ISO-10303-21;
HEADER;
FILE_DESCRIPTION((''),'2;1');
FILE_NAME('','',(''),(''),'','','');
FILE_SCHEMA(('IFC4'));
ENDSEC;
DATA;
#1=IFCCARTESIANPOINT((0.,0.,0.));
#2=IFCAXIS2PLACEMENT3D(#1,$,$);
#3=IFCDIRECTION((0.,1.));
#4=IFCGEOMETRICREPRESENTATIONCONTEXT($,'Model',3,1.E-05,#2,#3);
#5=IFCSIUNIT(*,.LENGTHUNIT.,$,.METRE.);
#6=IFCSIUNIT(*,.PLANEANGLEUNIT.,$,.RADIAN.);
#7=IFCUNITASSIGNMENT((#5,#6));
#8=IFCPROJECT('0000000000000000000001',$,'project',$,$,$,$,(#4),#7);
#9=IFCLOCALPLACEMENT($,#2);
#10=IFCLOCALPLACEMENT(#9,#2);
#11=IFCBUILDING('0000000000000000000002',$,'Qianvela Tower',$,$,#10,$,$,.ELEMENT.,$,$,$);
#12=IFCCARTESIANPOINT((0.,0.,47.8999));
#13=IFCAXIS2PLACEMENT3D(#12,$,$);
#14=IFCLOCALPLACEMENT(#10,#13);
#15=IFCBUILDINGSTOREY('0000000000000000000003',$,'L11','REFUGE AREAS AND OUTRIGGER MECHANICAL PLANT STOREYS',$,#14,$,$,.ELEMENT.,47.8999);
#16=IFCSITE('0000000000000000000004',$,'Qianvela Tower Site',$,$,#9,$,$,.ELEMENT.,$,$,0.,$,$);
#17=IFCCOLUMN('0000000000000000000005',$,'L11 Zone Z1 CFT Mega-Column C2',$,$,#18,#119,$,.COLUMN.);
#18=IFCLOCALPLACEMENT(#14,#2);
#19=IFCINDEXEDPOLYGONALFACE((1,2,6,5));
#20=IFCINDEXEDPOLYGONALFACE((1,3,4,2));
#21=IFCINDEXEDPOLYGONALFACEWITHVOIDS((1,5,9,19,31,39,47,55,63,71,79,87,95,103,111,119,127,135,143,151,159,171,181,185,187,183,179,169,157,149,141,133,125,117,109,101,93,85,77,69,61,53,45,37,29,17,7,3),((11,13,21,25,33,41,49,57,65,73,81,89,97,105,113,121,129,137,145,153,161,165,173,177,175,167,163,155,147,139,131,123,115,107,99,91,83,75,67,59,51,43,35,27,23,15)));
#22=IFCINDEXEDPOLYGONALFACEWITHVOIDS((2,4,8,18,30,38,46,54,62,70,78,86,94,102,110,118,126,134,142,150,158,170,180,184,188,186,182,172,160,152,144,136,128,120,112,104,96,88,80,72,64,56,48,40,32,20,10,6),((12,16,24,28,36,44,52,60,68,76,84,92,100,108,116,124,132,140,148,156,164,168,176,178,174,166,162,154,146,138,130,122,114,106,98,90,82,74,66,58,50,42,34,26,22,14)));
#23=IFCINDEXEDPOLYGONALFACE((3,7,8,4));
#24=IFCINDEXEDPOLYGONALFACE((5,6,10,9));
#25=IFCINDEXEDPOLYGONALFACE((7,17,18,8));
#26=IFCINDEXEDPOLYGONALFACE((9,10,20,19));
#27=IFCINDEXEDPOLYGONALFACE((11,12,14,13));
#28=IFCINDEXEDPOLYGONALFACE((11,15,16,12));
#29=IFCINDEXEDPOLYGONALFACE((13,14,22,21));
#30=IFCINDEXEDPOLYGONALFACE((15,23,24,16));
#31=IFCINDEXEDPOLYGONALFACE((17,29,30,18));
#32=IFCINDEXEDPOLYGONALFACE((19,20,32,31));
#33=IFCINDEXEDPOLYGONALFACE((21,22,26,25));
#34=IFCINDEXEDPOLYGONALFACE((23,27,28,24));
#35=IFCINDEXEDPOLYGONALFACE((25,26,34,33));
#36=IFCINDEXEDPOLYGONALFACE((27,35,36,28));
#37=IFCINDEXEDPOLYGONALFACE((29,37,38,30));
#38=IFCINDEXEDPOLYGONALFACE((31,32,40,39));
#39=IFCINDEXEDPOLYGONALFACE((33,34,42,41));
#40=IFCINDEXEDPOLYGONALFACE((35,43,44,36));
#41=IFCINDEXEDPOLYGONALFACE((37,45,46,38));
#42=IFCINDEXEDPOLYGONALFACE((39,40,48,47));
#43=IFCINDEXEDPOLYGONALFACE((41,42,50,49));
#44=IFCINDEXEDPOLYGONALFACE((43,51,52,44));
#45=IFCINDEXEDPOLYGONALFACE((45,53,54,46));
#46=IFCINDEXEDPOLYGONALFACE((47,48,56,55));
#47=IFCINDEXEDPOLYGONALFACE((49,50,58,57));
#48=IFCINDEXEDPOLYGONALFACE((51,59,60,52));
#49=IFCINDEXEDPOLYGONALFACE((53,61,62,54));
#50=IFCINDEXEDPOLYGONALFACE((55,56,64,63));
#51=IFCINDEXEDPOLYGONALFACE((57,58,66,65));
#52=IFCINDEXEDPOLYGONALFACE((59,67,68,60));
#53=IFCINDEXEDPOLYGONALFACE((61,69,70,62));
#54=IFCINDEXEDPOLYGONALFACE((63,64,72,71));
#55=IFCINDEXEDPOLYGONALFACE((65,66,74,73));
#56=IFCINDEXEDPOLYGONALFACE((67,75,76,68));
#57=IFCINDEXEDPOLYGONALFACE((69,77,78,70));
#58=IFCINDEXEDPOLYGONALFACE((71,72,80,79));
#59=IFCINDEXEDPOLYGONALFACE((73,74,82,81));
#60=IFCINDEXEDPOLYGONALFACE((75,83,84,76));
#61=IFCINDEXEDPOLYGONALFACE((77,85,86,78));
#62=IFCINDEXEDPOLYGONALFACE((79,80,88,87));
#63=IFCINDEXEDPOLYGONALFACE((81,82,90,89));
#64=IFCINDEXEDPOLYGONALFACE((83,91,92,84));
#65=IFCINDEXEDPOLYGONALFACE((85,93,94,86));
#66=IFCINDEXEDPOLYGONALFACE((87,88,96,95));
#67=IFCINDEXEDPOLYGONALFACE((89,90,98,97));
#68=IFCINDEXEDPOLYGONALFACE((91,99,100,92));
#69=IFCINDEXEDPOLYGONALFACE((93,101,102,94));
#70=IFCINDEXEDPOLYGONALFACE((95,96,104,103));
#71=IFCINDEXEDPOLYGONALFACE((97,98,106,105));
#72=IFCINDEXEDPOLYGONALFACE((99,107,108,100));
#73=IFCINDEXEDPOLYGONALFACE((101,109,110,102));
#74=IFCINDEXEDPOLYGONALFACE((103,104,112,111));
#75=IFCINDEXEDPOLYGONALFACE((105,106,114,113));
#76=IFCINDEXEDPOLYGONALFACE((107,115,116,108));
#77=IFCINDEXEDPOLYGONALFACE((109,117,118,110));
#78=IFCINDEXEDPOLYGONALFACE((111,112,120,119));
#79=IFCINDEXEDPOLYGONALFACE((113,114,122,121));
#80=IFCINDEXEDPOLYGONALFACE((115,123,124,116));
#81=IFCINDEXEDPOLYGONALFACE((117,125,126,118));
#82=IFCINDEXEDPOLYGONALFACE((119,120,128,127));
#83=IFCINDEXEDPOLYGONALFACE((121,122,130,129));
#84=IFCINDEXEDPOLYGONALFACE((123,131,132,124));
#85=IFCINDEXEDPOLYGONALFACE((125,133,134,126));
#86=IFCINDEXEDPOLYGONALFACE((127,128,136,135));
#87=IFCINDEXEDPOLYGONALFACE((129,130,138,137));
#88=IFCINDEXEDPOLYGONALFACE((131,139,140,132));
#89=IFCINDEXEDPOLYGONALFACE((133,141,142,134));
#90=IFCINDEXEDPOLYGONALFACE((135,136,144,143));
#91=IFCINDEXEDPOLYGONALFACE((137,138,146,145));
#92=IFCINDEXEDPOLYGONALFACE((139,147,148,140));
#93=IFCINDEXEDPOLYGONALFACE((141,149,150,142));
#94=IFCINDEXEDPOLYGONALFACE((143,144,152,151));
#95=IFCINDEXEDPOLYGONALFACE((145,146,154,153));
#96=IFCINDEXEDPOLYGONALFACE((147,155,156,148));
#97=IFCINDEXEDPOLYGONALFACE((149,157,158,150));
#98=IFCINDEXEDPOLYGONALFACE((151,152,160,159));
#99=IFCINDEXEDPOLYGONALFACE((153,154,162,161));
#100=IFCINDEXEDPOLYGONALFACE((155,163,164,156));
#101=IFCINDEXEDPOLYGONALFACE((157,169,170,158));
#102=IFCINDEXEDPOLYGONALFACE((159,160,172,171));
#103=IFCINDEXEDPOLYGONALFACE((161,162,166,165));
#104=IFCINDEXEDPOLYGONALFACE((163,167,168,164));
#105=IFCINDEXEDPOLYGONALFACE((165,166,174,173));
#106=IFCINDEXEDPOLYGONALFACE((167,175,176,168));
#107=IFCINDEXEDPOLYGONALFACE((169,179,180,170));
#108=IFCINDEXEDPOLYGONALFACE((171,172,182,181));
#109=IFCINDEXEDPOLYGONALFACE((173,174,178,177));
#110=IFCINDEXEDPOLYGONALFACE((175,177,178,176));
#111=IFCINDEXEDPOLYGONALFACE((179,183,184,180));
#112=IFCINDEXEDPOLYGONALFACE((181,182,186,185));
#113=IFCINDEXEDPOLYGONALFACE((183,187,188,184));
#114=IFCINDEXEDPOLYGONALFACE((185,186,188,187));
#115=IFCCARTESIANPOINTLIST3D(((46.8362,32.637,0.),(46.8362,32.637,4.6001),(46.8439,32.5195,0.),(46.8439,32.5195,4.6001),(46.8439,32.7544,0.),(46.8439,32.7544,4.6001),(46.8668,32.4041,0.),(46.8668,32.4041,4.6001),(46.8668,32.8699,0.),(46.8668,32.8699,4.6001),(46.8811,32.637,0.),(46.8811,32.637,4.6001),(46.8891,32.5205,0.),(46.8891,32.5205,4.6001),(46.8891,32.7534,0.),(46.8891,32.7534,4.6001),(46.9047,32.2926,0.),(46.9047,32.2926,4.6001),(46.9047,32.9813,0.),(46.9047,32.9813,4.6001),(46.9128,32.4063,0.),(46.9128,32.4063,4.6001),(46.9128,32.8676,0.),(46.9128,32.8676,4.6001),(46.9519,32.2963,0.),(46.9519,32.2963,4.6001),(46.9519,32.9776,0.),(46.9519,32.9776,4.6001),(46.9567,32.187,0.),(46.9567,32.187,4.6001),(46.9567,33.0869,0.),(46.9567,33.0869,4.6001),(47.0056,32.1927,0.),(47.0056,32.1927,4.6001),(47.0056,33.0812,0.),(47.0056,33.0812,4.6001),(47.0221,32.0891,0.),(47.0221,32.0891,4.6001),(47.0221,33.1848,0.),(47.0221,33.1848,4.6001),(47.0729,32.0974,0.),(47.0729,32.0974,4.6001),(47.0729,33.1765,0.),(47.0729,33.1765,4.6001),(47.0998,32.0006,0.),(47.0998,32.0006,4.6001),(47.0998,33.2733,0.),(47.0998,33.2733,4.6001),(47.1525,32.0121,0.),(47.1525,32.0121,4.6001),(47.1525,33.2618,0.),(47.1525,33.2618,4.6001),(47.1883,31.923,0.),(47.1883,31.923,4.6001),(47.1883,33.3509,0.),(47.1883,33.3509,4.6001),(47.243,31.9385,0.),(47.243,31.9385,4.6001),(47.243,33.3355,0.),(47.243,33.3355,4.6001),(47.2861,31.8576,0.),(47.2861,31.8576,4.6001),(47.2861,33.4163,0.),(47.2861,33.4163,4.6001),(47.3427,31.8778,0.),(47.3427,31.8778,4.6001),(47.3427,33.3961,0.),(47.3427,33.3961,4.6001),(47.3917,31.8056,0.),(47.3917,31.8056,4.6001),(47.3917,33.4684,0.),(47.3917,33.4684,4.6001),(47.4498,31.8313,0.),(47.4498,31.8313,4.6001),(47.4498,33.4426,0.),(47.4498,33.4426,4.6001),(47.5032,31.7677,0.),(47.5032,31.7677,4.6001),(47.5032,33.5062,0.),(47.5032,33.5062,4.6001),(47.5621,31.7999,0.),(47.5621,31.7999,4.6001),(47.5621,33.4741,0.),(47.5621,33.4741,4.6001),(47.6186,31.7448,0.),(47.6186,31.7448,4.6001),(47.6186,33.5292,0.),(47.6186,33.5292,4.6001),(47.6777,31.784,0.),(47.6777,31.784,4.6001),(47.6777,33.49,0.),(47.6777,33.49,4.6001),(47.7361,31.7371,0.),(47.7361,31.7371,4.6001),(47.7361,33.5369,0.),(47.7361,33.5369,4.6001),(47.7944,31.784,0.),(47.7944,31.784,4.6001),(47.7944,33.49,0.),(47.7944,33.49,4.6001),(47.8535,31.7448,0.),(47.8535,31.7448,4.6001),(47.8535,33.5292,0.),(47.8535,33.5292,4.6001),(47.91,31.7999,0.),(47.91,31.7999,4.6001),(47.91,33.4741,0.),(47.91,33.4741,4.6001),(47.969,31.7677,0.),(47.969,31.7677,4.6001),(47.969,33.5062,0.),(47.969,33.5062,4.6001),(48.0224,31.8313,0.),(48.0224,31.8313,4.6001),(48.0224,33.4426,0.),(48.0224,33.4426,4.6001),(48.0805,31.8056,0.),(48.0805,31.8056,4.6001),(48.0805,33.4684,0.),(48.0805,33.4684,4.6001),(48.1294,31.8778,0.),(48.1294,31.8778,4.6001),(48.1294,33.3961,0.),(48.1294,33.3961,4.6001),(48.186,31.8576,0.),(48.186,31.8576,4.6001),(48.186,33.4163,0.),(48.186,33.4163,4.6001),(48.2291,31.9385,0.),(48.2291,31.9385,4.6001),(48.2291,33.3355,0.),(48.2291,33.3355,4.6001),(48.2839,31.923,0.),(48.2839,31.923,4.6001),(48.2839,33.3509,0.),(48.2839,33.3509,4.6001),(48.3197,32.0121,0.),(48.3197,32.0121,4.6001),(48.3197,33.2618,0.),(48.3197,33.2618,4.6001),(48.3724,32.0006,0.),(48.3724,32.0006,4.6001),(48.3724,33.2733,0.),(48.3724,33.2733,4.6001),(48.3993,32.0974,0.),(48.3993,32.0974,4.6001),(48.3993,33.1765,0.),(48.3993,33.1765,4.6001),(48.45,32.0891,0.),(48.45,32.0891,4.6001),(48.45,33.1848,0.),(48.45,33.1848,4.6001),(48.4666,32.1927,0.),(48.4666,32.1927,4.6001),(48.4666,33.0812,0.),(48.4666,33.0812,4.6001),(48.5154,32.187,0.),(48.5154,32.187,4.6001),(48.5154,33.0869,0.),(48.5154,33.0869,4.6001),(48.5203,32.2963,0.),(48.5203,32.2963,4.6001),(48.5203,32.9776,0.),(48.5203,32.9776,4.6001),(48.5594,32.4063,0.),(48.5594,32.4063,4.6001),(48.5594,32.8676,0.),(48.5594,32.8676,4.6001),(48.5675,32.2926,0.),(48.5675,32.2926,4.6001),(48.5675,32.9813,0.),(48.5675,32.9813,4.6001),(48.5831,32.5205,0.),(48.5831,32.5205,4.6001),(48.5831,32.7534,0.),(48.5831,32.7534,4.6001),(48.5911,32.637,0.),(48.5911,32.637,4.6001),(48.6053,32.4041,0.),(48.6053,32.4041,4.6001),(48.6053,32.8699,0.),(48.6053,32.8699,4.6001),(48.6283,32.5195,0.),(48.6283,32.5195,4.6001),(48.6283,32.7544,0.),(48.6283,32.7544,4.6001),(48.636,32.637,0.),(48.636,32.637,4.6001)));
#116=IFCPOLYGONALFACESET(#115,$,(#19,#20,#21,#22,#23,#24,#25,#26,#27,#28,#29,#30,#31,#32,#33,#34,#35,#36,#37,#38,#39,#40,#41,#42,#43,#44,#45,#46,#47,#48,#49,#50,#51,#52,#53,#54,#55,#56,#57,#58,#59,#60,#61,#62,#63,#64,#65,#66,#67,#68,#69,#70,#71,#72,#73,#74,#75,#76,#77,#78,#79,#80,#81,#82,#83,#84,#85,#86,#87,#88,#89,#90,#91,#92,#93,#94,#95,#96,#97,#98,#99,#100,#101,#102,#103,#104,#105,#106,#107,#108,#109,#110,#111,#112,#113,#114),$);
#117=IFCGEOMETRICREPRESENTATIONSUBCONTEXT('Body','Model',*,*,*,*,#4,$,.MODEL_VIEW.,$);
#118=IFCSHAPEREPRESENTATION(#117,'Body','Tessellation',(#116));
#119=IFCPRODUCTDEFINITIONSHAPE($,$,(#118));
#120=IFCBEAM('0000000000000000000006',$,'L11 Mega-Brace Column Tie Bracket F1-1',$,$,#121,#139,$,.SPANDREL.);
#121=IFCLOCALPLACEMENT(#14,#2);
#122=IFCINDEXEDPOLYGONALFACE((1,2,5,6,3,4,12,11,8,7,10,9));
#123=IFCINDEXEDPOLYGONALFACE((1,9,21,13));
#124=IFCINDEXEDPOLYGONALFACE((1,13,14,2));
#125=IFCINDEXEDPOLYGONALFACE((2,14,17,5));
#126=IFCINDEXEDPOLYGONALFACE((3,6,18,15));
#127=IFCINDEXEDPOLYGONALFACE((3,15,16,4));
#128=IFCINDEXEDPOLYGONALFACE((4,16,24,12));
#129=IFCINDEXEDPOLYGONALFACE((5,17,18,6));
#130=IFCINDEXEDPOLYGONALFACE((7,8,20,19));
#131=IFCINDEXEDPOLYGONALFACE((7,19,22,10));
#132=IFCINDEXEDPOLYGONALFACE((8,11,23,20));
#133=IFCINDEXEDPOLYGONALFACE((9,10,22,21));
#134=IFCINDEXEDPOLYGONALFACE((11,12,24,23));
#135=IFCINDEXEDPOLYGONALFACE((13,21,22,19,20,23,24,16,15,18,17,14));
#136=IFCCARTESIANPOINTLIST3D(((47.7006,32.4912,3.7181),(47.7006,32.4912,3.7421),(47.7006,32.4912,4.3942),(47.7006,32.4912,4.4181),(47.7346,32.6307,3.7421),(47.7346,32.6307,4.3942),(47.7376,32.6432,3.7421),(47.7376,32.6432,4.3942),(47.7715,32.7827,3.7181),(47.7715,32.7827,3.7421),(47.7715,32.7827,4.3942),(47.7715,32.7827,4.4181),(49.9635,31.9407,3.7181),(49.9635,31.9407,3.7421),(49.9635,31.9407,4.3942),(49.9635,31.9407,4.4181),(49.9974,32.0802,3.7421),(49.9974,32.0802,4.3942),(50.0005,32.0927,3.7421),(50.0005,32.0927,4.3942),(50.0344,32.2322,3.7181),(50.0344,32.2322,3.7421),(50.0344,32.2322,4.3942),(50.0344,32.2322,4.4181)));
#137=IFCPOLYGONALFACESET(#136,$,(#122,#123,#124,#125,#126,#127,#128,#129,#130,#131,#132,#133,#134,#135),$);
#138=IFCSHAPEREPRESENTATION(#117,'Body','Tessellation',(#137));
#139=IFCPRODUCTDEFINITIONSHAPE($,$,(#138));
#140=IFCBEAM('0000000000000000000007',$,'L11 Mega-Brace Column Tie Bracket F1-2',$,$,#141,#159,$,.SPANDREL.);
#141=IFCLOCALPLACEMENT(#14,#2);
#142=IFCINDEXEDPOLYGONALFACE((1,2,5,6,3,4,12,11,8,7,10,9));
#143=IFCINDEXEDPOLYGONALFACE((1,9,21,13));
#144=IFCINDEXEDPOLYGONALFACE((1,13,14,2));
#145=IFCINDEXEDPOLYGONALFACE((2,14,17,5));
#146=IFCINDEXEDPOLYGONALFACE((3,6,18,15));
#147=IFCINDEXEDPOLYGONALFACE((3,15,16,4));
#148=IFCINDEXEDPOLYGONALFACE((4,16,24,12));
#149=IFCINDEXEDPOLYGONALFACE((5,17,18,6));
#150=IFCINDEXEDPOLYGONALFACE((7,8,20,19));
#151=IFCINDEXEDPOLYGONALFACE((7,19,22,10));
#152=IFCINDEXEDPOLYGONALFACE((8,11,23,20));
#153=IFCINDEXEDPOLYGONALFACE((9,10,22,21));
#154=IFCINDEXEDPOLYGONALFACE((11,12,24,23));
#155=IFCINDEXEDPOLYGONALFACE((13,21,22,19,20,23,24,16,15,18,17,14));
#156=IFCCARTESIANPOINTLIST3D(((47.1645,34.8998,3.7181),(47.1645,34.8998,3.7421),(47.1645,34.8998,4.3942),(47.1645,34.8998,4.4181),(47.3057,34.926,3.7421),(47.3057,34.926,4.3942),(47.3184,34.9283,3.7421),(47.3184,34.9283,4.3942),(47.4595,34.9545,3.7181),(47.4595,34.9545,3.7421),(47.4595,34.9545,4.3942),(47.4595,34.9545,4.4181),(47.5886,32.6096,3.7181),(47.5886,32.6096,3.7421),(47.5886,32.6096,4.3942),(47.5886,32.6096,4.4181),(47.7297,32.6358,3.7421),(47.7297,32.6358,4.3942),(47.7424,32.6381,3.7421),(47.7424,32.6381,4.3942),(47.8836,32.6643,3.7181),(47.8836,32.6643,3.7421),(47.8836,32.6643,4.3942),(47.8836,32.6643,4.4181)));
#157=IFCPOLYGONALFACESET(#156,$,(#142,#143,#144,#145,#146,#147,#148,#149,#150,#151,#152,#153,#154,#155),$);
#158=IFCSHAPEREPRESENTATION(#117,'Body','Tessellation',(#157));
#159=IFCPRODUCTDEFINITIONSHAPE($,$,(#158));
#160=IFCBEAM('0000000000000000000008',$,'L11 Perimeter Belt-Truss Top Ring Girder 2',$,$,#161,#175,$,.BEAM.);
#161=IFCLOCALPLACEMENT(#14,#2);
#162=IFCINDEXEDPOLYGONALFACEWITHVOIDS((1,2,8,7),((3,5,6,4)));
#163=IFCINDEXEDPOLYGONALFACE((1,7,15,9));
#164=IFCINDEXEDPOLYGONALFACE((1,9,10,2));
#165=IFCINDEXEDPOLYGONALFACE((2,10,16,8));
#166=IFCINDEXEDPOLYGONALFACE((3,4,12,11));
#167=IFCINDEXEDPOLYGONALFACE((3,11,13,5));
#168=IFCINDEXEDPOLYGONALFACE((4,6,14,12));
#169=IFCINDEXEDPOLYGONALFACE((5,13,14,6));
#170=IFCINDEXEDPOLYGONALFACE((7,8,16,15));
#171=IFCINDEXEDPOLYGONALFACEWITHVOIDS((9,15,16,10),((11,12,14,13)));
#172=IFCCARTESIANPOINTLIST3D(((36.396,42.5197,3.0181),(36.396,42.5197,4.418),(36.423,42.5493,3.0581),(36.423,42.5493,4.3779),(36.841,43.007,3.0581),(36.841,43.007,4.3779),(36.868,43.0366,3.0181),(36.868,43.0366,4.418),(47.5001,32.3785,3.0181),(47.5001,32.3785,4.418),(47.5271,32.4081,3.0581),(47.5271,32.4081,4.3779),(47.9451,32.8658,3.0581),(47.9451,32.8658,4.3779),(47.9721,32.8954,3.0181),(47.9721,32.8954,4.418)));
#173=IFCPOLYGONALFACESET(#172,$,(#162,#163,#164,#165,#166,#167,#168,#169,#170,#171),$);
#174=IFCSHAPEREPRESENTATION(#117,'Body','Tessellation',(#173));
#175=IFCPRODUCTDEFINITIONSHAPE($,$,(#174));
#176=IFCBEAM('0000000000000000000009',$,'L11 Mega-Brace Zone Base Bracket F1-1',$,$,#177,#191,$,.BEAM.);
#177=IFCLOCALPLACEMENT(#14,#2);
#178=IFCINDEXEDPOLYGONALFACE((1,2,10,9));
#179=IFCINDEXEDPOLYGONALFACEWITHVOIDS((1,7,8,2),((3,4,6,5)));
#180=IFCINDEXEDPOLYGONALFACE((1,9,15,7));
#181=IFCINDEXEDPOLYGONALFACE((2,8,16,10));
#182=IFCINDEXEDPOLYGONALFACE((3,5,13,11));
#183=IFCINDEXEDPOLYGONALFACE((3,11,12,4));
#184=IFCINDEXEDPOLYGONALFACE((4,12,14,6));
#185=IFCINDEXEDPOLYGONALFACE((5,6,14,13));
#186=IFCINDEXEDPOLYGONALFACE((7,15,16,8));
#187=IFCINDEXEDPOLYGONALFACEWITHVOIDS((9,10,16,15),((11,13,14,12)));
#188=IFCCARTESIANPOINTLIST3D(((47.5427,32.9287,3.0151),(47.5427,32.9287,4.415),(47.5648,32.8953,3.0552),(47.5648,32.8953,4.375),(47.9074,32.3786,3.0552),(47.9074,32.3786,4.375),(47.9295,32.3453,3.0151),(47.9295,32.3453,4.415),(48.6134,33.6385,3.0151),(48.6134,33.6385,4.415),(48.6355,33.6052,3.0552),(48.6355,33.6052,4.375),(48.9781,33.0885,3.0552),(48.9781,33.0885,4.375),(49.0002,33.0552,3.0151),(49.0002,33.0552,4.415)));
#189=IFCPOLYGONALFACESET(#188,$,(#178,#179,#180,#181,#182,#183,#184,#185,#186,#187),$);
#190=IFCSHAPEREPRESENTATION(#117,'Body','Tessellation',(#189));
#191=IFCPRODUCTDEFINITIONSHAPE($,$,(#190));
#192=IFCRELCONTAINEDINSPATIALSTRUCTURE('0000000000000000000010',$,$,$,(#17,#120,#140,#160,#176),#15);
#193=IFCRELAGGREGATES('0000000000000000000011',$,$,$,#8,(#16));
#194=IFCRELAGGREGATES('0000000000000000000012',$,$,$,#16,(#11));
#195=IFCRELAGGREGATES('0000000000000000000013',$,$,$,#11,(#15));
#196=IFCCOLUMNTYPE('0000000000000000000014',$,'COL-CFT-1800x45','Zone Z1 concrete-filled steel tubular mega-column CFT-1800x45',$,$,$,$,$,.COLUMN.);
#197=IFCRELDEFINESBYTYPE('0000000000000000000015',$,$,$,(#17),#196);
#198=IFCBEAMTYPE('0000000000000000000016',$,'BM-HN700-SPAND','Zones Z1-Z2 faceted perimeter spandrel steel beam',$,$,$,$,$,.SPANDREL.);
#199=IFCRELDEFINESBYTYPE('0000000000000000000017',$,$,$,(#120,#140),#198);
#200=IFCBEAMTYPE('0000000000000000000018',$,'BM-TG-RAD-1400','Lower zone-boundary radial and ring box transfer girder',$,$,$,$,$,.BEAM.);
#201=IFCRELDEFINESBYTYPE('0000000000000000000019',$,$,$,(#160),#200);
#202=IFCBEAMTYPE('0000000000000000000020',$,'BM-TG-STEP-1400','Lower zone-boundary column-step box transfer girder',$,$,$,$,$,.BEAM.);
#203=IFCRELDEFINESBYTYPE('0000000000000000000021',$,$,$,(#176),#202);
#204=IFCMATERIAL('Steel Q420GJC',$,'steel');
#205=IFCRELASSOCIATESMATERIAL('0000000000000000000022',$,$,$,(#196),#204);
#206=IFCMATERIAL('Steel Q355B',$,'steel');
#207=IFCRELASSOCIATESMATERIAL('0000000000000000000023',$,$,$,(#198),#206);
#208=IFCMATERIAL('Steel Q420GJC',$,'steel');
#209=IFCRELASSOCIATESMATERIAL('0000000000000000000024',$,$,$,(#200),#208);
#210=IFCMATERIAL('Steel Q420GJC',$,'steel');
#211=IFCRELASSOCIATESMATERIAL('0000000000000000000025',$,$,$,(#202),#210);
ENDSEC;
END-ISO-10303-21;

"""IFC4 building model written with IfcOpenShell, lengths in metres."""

from ifc_helpers import new_model, si_unit, direction, frame, origin, origin_2d, place, context, subcontext, project, spatial, hollow_rectangle, hollow_circle, i_section, extrude, material, material_profile, profile_set, type_object, element, save


model = new_model("IFC4")

# Units and contexts
model_context = context("Model", 3, precision=1e-05, world=origin(), true_north=direction((0.0, 1.0)))
body_context = subcontext(model_context, "Body", "Model", "MODEL_VIEW")
ifc_project = project(units=[si_unit("LENGTHUNIT", "METRE"), si_unit("PLANEANGLEUNIT", "RADIAN")], contexts=[model_context])

# Site, building, storey
site_placement = place(None, origin())
site = spatial("IfcSite", under=ifc_project, at=site_placement, Name="Qianvela Tower Site", CompositionType="ELEMENT", RefElevation=0.0)
building_placement = place(site_placement, origin())
building = spatial("IfcBuilding", under=site, at=building_placement, Name="Qianvela Tower", CompositionType="ELEMENT")
storey_placement = place(building_placement, frame((0.0, 0.0, 47.8999)))
storey = spatial("IfcBuildingStorey", under=building, at=storey_placement, Name="L11", Description="REFUGE AREAS AND OUTRIGGER MECHANICAL PLANT STOREYS", CompositionType="ELEMENT", Elevation=47.8999)

# Column
ifc_material_1 = material(Name="Steel Q420GJC", Category="steel")
ifc_material_profile_1 = material_profile(ifc_material_1, hollow_circle(Radius=0.8999, WallThickness=0.0449, at=origin_2d()), Name="CFT-1800x45")
ifc_profile_set_1 = profile_set([ifc_material_profile_1], Name="Steel Q420GJC")
column_type = type_object("IfcColumnType", Name="COL-CFT-1800x45", Description="Zone Z1 concrete-filled steel tubular mega-column CFT-1800x45", PredefinedType="COLUMN", material=ifc_profile_set_1)
column_placement = place(storey_placement, frame((47.7361, 32.637, 0.0), z_axis=(0.0, 0.0, 1.0), x_axis=(1.0, 0.0, 0.0)))
element("IfcColumn", 1, at=column_placement, inside=storey, type_object=column_type, Name="L11 Zone Z1 CFT Mega-Column C2", PredefinedType="COLUMN", context=body_context, shape_type="SweptSolid", body=[
    extrude(hollow_circle(Radius=0.8999, WallThickness=0.0449, at=origin_2d()), origin(), (0.0, 0.0, 1.0), 4.6001),
])

# Beams
ifc_material_2 = material(Name="Steel Q355B", Category="steel")
ifc_material_profile_2 = material_profile(ifc_material_2, i_section(OverallWidth=0.3, OverallDepth=0.7, WebThickness=0.0129, FlangeThickness=0.0239, at=origin_2d()), Name="HN700x300x13x24")
ifc_profile_set_2 = profile_set([ifc_material_profile_2], Name="Steel Q355B")
beam_type_1 = type_object("IfcBeamType", Name="BM-HN700-SPAND", Description="Zones Z1-Z2 faceted perimeter spandrel steel beam", PredefinedType="SPANDREL", material=ifc_profile_set_2)
beam_1_placement = place(storey_placement, frame((47.7361, 32.637, 4.0681), z_axis=(0.971658, -0.236389, 0.0), x_axis=(0.236389, 0.971658, 0.0)))
element("IfcBeam", 2, at=beam_1_placement, inside=storey, type_object=beam_type_1, Name="L11 Mega-Brace Column Tie Bracket F1-1", PredefinedType="SPANDREL", context=body_context, shape_type="SweptSolid", body=[
    extrude(i_section(OverallWidth=0.3, OverallDepth=0.7, WebThickness=0.0129, FlangeThickness=0.0239, at=origin_2d()), origin(), (0.0, 0.0, 1.0), 2.3289),
])
beam_2_placement = place(storey_placement, frame((47.7361, 32.637, 4.0681), z_axis=(-0.182067, 0.983286, 0.0), x_axis=(-0.983286, -0.182067, 0.0)))
element("IfcBeam", 3, at=beam_2_placement, inside=storey, type_object=beam_type_1, Name="L11 Mega-Brace Column Tie Bracket F1-2", PredefinedType="SPANDREL", context=body_context, shape_type="SweptSolid", body=[
    extrude(i_section(OverallWidth=0.3, OverallDepth=0.7, WebThickness=0.0129, FlangeThickness=0.0239, at=origin_2d()), origin(), (0.0, 0.0, 1.0), 2.3291),
])
ifc_material_3 = material(Name="Steel Q420GJC", Category="steel")
ifc_material_profile_3 = material_profile(ifc_material_3, hollow_rectangle(XDim=0.7, YDim=1.3999, WallThickness=0.04, at=origin_2d()), Name="TG-BOX-1400x700x40")
ifc_profile_set_3 = profile_set([ifc_material_profile_3], Name="Steel Q420GJC")
beam_type_2 = type_object("IfcBeamType", Name="BM-TG-RAD-1400", Description="Lower zone-boundary radial and ring box transfer girder", PredefinedType="BEAM", material=ifc_profile_set_3)
beam_3_placement = place(storey_placement, frame((47.7361, 32.637, 3.718), z_axis=(-0.738397, 0.674366, 0.0), x_axis=(-0.674366, -0.738397, 0.0)))
element("IfcBeam", 4, at=beam_3_placement, inside=storey, type_object=beam_type_2, Name="L11 Perimeter Belt-Truss Top Ring Girder 2", PredefinedType="BEAM", context=body_context, shape_type="SweptSolid", body=[
    extrude(hollow_rectangle(XDim=0.7, YDim=1.3999, WallThickness=0.04, at=origin_2d()), origin(), (0.0, 0.0, 1.0), 15.0381),
])
ifc_material_4 = material(Name="Steel Q420GJC", Category="steel")
ifc_material_profile_4 = material_profile(ifc_material_4, hollow_rectangle(XDim=0.7, YDim=1.3999, WallThickness=0.04, at=origin_2d()), Name="TG-BOX-1400x700x40")
ifc_profile_set_4 = profile_set([ifc_material_profile_4], Name="Steel Q420GJC")
beam_type_3 = type_object("IfcBeamType", Name="BM-TG-STEP-1400", Description="Lower zone-boundary column-step box transfer girder", PredefinedType="BEAM", material=ifc_profile_set_4)
beam_4_placement = place(storey_placement, frame((47.7361, 32.637, 3.7151), z_axis=(0.833451, 0.552594, 0.0), x_axis=(-0.552594, 0.833451, 0.0)))
element("IfcBeam", 5, at=beam_4_placement, inside=storey, type_object=beam_type_3, Name="L11 Mega-Brace Zone Base Bracket F1-1", PredefinedType="BEAM", context=body_context, shape_type="SweptSolid", body=[
    extrude(hollow_rectangle(XDim=0.7, YDim=1.3999, WallThickness=0.04, at=origin_2d()), origin(), (0.0, 0.0, 1.0), 1.2847),
])

save(model, "model.ifc")
